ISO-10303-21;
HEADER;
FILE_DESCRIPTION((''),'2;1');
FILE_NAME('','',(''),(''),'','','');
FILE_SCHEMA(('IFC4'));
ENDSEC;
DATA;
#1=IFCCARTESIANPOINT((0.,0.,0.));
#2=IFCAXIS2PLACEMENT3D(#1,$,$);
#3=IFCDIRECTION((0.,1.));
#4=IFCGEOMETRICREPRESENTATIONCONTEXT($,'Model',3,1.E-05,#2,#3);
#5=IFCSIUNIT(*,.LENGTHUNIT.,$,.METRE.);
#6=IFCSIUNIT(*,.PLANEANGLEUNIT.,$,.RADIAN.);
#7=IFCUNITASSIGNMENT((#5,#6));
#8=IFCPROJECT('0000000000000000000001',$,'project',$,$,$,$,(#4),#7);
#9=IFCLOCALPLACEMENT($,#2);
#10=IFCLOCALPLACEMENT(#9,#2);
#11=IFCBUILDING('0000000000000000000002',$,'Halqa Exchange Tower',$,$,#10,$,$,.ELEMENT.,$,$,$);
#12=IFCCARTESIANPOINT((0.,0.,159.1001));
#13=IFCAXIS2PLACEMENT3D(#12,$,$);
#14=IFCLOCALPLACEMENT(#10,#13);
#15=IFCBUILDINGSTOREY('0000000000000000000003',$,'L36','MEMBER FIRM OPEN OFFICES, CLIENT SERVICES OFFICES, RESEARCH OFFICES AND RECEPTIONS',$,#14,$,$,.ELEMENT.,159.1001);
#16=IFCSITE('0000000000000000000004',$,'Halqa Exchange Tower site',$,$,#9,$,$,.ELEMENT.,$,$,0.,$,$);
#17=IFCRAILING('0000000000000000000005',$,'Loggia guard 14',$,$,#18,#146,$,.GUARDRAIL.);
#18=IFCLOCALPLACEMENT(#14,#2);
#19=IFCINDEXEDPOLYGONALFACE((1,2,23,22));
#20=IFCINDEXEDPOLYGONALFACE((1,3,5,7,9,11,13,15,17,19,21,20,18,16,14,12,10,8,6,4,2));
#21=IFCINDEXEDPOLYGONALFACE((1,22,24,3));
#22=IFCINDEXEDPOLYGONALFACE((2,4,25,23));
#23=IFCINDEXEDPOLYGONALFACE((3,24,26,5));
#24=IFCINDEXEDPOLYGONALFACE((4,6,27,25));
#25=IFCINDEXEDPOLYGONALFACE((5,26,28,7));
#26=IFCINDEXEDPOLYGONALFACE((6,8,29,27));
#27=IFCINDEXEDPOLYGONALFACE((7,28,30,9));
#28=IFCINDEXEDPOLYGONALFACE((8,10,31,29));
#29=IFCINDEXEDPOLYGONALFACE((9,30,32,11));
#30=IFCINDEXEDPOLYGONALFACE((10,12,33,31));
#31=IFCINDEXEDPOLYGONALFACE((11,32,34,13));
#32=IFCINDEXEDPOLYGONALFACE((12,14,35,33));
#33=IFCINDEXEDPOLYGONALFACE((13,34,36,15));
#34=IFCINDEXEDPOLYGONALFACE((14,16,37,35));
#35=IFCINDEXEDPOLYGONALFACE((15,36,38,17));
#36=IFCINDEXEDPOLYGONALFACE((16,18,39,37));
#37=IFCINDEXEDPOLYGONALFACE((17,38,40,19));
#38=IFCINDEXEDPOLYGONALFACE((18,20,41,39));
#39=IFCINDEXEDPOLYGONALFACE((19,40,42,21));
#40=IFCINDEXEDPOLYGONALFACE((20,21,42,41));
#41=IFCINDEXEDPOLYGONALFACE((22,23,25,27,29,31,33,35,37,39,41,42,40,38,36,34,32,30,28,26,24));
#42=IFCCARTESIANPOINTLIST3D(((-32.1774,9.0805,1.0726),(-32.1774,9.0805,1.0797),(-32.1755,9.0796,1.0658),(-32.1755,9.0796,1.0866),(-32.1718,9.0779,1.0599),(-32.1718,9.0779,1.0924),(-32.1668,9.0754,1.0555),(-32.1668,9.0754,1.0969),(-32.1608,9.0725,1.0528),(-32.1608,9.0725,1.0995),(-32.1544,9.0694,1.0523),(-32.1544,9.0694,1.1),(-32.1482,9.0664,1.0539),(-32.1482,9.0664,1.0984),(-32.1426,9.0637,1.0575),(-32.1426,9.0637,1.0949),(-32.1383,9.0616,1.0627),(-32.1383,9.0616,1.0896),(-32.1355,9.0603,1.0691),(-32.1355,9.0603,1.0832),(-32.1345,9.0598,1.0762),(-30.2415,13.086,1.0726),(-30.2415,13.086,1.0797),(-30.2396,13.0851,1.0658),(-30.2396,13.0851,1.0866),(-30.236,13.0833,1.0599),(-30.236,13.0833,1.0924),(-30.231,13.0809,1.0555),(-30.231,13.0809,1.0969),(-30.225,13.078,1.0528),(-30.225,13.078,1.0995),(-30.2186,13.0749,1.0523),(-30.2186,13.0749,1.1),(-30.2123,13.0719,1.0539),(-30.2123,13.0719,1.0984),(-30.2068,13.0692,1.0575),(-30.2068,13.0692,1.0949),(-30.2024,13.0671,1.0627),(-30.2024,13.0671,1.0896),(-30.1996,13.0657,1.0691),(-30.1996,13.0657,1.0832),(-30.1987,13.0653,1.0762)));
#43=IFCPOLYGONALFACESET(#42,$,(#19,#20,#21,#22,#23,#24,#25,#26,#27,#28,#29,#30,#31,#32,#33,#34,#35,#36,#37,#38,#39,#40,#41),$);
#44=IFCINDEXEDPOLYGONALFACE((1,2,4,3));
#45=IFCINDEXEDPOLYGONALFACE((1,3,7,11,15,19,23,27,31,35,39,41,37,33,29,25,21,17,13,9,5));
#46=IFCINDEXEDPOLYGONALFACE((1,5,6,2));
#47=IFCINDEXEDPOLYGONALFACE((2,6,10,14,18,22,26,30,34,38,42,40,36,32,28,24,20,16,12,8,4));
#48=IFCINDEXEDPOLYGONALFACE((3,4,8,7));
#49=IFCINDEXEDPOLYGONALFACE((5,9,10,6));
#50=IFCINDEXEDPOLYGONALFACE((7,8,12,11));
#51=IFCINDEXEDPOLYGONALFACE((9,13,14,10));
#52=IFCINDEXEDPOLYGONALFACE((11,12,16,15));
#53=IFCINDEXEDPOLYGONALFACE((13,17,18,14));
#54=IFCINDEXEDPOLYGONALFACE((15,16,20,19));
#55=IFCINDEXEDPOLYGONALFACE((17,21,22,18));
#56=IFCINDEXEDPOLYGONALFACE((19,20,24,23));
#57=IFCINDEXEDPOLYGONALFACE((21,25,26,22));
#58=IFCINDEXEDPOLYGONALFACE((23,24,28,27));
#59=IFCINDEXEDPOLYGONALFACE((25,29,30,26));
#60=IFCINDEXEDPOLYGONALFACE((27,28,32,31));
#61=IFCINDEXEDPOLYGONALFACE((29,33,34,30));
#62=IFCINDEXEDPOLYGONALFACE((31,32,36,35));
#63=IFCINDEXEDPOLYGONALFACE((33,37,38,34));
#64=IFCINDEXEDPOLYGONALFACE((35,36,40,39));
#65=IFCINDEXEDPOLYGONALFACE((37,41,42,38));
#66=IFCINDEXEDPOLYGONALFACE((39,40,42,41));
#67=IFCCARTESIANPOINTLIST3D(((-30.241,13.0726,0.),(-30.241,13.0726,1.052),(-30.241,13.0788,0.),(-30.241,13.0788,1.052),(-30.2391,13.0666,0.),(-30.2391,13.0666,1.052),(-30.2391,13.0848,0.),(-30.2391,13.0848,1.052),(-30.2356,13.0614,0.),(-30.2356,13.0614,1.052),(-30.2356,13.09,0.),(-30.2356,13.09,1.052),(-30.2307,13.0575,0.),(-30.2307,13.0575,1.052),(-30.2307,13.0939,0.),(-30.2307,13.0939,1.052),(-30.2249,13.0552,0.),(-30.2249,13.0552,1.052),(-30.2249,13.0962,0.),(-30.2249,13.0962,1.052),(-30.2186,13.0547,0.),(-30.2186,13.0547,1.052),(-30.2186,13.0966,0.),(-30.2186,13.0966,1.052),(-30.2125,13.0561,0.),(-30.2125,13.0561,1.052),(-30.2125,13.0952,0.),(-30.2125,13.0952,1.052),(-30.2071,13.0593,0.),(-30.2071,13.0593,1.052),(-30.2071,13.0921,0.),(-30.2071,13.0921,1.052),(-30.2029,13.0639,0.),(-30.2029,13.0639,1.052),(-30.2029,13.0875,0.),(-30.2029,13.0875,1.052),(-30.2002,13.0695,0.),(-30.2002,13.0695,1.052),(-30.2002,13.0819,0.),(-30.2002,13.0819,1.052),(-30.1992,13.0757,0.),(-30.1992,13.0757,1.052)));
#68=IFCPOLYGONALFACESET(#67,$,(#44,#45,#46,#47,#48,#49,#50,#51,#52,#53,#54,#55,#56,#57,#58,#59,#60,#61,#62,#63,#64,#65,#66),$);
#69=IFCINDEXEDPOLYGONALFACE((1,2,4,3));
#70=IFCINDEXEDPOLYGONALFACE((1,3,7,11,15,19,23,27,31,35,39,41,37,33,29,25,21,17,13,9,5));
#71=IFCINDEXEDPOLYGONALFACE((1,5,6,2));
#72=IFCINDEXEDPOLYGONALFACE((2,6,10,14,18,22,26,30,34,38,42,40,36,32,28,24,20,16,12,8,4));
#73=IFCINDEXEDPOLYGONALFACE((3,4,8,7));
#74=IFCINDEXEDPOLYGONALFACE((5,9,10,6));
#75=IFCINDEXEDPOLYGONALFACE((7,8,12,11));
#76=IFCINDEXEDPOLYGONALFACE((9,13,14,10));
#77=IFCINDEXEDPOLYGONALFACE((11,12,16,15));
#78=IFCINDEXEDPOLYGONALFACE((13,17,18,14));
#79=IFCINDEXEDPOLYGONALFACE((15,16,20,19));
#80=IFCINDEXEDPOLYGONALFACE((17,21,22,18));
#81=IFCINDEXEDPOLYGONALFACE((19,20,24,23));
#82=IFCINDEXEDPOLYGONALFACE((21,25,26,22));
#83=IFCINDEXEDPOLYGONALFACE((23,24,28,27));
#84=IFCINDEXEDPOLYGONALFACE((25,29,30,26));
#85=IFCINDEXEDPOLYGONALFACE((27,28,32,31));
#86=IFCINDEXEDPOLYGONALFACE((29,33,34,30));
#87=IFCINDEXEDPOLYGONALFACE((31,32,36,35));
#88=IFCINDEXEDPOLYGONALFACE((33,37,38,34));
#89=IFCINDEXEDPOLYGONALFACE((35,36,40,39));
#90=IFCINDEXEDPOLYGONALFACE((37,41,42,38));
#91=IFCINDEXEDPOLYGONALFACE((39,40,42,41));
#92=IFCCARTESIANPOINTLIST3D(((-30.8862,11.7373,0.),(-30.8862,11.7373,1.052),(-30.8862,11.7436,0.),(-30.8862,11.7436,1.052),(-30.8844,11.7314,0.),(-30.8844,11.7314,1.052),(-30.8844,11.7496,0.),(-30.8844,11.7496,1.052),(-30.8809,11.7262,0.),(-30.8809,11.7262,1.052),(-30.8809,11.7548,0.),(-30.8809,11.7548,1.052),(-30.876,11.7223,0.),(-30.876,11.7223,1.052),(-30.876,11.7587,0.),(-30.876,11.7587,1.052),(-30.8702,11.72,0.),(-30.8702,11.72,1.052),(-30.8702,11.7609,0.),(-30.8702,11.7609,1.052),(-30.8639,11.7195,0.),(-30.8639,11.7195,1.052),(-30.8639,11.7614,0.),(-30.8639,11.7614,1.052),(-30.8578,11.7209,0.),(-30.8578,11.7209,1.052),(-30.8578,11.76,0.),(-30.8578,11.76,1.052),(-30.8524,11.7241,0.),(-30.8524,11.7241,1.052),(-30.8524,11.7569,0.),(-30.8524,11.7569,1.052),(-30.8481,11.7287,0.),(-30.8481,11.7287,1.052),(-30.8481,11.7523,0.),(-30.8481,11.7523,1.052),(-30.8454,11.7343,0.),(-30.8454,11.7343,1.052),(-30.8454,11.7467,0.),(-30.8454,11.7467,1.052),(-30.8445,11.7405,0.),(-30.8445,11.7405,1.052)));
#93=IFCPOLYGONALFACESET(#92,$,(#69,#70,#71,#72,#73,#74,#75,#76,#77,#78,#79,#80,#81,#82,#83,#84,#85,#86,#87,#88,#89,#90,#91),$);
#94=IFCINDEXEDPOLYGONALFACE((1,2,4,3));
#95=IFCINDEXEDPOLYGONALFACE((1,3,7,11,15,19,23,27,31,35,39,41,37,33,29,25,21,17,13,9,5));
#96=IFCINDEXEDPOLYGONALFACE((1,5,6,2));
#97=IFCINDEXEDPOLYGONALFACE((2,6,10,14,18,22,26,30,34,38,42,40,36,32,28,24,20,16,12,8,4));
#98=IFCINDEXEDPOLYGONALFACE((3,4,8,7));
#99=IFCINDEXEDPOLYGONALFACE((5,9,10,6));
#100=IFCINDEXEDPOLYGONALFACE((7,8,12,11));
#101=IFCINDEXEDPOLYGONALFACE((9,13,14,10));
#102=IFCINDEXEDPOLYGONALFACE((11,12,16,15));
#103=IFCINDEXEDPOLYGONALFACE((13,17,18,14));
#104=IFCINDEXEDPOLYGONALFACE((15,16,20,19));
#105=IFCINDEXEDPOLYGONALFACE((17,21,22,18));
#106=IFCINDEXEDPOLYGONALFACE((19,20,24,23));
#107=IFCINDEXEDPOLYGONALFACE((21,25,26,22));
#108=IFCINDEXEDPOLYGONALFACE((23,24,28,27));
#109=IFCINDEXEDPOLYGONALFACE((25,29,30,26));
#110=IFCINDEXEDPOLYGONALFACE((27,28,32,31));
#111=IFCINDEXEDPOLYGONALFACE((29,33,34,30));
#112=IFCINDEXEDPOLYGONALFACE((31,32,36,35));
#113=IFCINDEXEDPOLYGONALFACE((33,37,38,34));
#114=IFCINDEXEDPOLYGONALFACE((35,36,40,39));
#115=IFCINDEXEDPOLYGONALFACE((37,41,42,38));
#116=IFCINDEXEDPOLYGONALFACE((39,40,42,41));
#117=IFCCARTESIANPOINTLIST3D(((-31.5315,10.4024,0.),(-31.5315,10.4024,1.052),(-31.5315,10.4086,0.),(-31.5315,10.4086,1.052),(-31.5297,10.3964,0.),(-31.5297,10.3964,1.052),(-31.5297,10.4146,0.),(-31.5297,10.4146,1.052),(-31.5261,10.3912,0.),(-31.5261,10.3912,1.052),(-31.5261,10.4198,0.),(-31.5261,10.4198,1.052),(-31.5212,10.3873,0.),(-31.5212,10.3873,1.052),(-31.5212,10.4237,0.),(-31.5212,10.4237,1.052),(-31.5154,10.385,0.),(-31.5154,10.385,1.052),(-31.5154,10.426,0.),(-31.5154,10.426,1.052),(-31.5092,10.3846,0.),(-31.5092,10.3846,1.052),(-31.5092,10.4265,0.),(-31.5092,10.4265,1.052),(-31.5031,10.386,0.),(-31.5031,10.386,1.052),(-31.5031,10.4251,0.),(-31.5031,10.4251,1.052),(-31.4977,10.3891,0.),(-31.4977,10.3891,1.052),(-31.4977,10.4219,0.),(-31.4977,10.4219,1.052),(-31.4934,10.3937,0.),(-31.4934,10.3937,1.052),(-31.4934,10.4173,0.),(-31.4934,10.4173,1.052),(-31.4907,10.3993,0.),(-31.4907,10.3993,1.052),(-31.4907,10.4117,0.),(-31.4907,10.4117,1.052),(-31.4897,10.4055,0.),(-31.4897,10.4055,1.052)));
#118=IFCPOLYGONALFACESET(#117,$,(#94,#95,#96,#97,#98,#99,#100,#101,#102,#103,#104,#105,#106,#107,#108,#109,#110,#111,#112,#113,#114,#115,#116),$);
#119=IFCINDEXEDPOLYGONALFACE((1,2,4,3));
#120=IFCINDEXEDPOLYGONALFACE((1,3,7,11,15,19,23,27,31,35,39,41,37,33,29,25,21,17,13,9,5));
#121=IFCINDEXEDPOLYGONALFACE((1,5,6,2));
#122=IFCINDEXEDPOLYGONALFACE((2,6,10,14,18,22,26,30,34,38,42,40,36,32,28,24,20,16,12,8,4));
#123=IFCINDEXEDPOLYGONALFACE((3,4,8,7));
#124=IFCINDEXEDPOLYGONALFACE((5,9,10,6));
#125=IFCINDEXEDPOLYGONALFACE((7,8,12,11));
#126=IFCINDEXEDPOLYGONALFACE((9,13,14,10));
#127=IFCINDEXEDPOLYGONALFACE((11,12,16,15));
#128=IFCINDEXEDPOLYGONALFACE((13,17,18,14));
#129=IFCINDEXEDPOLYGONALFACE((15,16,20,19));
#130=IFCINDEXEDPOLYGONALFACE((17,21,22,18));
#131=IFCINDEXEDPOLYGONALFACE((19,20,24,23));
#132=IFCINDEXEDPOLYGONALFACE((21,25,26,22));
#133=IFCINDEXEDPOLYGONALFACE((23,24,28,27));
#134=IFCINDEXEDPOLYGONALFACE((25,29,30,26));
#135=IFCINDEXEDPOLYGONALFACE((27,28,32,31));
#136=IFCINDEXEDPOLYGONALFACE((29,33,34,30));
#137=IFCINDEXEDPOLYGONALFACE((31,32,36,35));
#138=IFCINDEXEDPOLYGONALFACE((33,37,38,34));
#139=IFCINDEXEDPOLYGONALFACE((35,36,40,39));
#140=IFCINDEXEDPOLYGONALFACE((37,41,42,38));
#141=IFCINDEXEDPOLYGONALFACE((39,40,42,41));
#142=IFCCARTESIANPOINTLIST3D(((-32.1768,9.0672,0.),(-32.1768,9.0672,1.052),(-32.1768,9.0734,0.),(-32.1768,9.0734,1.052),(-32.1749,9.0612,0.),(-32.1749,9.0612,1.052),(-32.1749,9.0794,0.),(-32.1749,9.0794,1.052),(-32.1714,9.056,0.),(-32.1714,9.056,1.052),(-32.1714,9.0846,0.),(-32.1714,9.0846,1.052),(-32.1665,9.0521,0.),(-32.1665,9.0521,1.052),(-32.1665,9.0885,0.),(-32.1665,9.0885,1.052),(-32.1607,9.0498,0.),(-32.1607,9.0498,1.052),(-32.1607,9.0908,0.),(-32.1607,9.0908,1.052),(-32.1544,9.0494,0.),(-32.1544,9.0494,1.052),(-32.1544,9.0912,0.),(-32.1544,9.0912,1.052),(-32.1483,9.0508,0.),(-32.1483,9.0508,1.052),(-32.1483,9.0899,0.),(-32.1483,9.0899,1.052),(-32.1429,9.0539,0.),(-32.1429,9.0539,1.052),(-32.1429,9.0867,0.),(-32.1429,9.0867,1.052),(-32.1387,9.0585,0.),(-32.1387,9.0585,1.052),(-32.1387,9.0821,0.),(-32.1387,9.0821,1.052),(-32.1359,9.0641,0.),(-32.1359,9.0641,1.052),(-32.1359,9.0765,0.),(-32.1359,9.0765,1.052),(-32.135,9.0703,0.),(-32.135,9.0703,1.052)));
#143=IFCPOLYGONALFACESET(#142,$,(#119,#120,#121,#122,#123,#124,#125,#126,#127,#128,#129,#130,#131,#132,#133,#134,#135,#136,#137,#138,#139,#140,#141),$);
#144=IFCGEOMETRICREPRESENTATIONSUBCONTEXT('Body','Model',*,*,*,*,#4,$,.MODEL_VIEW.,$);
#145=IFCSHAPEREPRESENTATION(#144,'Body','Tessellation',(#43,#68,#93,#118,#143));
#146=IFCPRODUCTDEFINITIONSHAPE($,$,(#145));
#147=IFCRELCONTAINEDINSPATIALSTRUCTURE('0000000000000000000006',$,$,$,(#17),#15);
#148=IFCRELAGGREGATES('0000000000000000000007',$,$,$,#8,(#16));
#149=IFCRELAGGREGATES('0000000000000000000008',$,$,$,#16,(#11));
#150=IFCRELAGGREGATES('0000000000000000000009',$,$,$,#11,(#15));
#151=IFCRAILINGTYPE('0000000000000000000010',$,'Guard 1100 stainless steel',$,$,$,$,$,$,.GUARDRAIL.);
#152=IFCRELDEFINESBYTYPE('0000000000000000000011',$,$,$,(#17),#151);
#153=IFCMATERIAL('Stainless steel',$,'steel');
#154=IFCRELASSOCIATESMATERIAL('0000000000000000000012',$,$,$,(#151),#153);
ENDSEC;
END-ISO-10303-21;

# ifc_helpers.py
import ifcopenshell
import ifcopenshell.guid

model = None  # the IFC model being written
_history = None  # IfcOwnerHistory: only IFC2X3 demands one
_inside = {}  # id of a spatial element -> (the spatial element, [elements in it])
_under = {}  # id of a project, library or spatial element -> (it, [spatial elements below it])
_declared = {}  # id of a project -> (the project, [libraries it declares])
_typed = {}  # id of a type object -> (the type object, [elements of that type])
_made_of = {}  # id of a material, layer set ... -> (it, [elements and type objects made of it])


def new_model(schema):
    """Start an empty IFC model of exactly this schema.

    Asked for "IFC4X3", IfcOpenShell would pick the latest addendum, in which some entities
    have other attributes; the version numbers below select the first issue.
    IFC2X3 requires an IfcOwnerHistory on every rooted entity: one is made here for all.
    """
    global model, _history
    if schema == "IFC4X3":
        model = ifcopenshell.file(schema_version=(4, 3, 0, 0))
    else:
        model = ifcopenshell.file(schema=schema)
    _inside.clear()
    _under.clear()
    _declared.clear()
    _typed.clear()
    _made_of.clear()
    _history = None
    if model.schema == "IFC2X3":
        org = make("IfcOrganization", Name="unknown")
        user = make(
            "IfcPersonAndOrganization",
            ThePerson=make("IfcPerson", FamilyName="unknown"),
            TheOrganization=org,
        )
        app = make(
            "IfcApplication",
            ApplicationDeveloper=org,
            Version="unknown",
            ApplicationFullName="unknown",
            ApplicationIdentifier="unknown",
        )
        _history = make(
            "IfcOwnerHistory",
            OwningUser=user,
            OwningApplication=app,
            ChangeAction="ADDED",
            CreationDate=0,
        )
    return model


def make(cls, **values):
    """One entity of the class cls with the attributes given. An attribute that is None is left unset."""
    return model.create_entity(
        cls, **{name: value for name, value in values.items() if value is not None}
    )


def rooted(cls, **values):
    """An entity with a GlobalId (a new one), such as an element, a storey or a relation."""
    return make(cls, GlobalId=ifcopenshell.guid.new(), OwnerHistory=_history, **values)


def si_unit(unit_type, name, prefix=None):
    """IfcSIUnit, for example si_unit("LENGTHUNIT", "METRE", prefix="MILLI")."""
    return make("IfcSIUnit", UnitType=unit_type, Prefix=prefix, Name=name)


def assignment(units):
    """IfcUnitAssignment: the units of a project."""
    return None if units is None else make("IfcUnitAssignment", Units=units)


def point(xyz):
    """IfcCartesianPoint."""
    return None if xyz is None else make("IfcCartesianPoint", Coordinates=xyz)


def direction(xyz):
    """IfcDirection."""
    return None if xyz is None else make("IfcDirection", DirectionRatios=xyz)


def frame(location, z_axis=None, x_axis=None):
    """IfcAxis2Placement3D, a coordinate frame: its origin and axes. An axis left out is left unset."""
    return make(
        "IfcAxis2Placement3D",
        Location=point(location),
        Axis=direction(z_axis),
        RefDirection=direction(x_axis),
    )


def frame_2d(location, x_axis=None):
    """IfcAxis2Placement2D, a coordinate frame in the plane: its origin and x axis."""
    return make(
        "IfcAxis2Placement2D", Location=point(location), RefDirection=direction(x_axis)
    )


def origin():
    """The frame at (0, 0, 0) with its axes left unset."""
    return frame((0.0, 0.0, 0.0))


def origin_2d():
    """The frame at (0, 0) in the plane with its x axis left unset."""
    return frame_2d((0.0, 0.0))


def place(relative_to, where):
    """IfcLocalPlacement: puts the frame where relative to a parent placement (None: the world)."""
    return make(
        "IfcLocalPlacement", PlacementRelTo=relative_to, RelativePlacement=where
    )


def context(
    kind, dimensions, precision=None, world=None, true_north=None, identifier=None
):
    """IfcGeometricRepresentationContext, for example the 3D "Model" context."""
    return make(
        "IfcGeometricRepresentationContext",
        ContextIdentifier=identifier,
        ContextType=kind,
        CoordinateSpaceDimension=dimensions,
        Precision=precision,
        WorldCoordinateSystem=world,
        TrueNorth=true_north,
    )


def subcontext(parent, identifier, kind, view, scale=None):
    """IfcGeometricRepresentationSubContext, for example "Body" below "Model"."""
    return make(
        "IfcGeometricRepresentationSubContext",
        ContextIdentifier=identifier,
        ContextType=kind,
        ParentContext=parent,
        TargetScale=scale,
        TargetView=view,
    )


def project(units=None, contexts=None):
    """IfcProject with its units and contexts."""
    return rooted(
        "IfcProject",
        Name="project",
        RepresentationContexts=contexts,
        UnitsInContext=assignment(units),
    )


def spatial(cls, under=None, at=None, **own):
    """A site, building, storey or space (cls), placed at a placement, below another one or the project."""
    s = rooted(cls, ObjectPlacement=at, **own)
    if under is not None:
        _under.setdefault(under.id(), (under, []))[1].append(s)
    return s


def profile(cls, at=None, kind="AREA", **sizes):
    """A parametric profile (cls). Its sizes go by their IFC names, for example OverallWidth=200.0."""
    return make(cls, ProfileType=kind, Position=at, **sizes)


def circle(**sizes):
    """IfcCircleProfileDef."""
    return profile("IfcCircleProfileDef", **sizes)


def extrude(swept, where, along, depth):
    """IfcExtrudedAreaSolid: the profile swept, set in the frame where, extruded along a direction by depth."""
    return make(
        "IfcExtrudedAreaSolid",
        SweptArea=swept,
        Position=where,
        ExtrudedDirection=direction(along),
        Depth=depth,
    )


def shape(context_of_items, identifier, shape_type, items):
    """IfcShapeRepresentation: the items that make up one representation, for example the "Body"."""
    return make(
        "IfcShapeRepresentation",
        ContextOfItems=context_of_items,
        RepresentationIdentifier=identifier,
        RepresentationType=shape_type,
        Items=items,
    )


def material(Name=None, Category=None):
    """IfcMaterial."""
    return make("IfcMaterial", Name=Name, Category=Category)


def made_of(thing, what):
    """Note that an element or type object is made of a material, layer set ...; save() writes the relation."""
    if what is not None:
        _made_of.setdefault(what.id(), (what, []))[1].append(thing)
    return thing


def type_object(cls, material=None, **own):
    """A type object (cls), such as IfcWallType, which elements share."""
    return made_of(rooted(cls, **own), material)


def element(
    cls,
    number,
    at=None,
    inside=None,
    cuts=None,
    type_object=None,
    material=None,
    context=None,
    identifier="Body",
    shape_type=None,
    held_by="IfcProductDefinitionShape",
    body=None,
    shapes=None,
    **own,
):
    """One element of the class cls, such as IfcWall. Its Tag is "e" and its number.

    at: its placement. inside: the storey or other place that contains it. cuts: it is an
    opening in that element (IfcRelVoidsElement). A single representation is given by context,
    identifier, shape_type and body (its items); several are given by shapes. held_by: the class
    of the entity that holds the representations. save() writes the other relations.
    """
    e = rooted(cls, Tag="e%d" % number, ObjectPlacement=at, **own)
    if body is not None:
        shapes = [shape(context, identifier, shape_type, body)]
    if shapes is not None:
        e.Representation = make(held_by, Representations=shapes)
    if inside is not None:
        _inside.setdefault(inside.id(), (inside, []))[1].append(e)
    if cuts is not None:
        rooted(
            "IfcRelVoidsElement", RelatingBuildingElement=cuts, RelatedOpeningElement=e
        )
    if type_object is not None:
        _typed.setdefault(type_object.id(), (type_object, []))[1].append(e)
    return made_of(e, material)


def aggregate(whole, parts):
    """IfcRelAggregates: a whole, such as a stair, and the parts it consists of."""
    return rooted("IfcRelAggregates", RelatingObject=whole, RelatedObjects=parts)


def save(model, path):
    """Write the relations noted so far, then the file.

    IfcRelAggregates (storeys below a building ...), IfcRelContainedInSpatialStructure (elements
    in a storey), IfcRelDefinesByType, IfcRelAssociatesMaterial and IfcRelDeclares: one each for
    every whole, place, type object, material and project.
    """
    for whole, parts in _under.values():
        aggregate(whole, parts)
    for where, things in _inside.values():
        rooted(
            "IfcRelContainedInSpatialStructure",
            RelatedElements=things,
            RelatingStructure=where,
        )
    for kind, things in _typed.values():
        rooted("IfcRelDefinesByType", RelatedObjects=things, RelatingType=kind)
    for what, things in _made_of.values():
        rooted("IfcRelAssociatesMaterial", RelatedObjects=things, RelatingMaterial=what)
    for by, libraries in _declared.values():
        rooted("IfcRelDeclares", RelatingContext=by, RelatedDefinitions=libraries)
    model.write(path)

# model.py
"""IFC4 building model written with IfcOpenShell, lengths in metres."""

from ifc_helpers import new_model, si_unit, direction, frame, origin, origin_2d, place, context, subcontext, project, spatial, circle, extrude, material, type_object, element, save


model = new_model("IFC4")

# Units and contexts
model_context = context("Model", 3, precision=1e-05, world=origin(), true_north=direction((0.0, 1.0)))
body_context = subcontext(model_context, "Body", "Model", "MODEL_VIEW")
ifc_project = project(units=[si_unit("LENGTHUNIT", "METRE"), si_unit("PLANEANGLEUNIT", "RADIAN")], contexts=[model_context])

# Site, building, storey
site_placement = place(None, origin())
site = spatial("IfcSite", under=ifc_project, at=site_placement, Name="Halqa Exchange Tower site", CompositionType="ELEMENT", RefElevation=0.0)
building_placement = place(site_placement, origin())
building = spatial("IfcBuilding", under=site, at=building_placement, Name="Halqa Exchange Tower", CompositionType="ELEMENT")
storey_placement = place(building_placement, frame((0.0, 0.0, 159.1001)))
storey = spatial("IfcBuildingStorey", under=building, at=storey_placement, Name="L36", Description="MEMBER FIRM OPEN OFFICES, CLIENT SERVICES OFFICES, RESEARCH OFFICES AND RECEPTIONS", CompositionType="ELEMENT", Elevation=159.1001)

# Railing
ifc_material_1 = material(Name="Stainless steel", Category="steel")
railing_type = type_object("IfcRailingType", Name="Guard 1100 stainless steel", PredefinedType="GUARDRAIL", material=ifc_material_1)
railing_1_placement = place(storey_placement, frame((-30.2202, 13.0757, 0.0)))
element("IfcRailing", 1, at=railing_1_placement, inside=storey, type_object=railing_type, Name="Loggia guard 14", PredefinedType="GUARDRAIL", context=body_context, shape_type="SweptSolid", body=[
    extrude(circle(Radius=0.0239, at=origin_2d()), frame((0.0, 0.0, 1.0762), z_axis=(-0.435143, -0.900361, 0.0), x_axis=(0.900361, -0.435143, 0.0)), (0.0, 0.0, 1.0), 4.4487),
    extrude(circle(Radius=0.021, at=origin_2d()), origin(), (0.0, 0.0, 1.0), 1.052),
    extrude(circle(Radius=0.021, at=origin_2d()), frame((-0.6453, -1.3352, 0.0)), (0.0, 0.0, 1.0), 1.052),
    extrude(circle(Radius=0.021, at=origin_2d()), frame((-1.2905, -2.6702, 0.0)), (0.0, 0.0, 1.0), 1.052),
    extrude(circle(Radius=0.021, at=origin_2d()), frame((-1.9358, -4.0054, 0.0)), (0.0, 0.0, 1.0), 1.052),
])

save(model, "model.ifc")
